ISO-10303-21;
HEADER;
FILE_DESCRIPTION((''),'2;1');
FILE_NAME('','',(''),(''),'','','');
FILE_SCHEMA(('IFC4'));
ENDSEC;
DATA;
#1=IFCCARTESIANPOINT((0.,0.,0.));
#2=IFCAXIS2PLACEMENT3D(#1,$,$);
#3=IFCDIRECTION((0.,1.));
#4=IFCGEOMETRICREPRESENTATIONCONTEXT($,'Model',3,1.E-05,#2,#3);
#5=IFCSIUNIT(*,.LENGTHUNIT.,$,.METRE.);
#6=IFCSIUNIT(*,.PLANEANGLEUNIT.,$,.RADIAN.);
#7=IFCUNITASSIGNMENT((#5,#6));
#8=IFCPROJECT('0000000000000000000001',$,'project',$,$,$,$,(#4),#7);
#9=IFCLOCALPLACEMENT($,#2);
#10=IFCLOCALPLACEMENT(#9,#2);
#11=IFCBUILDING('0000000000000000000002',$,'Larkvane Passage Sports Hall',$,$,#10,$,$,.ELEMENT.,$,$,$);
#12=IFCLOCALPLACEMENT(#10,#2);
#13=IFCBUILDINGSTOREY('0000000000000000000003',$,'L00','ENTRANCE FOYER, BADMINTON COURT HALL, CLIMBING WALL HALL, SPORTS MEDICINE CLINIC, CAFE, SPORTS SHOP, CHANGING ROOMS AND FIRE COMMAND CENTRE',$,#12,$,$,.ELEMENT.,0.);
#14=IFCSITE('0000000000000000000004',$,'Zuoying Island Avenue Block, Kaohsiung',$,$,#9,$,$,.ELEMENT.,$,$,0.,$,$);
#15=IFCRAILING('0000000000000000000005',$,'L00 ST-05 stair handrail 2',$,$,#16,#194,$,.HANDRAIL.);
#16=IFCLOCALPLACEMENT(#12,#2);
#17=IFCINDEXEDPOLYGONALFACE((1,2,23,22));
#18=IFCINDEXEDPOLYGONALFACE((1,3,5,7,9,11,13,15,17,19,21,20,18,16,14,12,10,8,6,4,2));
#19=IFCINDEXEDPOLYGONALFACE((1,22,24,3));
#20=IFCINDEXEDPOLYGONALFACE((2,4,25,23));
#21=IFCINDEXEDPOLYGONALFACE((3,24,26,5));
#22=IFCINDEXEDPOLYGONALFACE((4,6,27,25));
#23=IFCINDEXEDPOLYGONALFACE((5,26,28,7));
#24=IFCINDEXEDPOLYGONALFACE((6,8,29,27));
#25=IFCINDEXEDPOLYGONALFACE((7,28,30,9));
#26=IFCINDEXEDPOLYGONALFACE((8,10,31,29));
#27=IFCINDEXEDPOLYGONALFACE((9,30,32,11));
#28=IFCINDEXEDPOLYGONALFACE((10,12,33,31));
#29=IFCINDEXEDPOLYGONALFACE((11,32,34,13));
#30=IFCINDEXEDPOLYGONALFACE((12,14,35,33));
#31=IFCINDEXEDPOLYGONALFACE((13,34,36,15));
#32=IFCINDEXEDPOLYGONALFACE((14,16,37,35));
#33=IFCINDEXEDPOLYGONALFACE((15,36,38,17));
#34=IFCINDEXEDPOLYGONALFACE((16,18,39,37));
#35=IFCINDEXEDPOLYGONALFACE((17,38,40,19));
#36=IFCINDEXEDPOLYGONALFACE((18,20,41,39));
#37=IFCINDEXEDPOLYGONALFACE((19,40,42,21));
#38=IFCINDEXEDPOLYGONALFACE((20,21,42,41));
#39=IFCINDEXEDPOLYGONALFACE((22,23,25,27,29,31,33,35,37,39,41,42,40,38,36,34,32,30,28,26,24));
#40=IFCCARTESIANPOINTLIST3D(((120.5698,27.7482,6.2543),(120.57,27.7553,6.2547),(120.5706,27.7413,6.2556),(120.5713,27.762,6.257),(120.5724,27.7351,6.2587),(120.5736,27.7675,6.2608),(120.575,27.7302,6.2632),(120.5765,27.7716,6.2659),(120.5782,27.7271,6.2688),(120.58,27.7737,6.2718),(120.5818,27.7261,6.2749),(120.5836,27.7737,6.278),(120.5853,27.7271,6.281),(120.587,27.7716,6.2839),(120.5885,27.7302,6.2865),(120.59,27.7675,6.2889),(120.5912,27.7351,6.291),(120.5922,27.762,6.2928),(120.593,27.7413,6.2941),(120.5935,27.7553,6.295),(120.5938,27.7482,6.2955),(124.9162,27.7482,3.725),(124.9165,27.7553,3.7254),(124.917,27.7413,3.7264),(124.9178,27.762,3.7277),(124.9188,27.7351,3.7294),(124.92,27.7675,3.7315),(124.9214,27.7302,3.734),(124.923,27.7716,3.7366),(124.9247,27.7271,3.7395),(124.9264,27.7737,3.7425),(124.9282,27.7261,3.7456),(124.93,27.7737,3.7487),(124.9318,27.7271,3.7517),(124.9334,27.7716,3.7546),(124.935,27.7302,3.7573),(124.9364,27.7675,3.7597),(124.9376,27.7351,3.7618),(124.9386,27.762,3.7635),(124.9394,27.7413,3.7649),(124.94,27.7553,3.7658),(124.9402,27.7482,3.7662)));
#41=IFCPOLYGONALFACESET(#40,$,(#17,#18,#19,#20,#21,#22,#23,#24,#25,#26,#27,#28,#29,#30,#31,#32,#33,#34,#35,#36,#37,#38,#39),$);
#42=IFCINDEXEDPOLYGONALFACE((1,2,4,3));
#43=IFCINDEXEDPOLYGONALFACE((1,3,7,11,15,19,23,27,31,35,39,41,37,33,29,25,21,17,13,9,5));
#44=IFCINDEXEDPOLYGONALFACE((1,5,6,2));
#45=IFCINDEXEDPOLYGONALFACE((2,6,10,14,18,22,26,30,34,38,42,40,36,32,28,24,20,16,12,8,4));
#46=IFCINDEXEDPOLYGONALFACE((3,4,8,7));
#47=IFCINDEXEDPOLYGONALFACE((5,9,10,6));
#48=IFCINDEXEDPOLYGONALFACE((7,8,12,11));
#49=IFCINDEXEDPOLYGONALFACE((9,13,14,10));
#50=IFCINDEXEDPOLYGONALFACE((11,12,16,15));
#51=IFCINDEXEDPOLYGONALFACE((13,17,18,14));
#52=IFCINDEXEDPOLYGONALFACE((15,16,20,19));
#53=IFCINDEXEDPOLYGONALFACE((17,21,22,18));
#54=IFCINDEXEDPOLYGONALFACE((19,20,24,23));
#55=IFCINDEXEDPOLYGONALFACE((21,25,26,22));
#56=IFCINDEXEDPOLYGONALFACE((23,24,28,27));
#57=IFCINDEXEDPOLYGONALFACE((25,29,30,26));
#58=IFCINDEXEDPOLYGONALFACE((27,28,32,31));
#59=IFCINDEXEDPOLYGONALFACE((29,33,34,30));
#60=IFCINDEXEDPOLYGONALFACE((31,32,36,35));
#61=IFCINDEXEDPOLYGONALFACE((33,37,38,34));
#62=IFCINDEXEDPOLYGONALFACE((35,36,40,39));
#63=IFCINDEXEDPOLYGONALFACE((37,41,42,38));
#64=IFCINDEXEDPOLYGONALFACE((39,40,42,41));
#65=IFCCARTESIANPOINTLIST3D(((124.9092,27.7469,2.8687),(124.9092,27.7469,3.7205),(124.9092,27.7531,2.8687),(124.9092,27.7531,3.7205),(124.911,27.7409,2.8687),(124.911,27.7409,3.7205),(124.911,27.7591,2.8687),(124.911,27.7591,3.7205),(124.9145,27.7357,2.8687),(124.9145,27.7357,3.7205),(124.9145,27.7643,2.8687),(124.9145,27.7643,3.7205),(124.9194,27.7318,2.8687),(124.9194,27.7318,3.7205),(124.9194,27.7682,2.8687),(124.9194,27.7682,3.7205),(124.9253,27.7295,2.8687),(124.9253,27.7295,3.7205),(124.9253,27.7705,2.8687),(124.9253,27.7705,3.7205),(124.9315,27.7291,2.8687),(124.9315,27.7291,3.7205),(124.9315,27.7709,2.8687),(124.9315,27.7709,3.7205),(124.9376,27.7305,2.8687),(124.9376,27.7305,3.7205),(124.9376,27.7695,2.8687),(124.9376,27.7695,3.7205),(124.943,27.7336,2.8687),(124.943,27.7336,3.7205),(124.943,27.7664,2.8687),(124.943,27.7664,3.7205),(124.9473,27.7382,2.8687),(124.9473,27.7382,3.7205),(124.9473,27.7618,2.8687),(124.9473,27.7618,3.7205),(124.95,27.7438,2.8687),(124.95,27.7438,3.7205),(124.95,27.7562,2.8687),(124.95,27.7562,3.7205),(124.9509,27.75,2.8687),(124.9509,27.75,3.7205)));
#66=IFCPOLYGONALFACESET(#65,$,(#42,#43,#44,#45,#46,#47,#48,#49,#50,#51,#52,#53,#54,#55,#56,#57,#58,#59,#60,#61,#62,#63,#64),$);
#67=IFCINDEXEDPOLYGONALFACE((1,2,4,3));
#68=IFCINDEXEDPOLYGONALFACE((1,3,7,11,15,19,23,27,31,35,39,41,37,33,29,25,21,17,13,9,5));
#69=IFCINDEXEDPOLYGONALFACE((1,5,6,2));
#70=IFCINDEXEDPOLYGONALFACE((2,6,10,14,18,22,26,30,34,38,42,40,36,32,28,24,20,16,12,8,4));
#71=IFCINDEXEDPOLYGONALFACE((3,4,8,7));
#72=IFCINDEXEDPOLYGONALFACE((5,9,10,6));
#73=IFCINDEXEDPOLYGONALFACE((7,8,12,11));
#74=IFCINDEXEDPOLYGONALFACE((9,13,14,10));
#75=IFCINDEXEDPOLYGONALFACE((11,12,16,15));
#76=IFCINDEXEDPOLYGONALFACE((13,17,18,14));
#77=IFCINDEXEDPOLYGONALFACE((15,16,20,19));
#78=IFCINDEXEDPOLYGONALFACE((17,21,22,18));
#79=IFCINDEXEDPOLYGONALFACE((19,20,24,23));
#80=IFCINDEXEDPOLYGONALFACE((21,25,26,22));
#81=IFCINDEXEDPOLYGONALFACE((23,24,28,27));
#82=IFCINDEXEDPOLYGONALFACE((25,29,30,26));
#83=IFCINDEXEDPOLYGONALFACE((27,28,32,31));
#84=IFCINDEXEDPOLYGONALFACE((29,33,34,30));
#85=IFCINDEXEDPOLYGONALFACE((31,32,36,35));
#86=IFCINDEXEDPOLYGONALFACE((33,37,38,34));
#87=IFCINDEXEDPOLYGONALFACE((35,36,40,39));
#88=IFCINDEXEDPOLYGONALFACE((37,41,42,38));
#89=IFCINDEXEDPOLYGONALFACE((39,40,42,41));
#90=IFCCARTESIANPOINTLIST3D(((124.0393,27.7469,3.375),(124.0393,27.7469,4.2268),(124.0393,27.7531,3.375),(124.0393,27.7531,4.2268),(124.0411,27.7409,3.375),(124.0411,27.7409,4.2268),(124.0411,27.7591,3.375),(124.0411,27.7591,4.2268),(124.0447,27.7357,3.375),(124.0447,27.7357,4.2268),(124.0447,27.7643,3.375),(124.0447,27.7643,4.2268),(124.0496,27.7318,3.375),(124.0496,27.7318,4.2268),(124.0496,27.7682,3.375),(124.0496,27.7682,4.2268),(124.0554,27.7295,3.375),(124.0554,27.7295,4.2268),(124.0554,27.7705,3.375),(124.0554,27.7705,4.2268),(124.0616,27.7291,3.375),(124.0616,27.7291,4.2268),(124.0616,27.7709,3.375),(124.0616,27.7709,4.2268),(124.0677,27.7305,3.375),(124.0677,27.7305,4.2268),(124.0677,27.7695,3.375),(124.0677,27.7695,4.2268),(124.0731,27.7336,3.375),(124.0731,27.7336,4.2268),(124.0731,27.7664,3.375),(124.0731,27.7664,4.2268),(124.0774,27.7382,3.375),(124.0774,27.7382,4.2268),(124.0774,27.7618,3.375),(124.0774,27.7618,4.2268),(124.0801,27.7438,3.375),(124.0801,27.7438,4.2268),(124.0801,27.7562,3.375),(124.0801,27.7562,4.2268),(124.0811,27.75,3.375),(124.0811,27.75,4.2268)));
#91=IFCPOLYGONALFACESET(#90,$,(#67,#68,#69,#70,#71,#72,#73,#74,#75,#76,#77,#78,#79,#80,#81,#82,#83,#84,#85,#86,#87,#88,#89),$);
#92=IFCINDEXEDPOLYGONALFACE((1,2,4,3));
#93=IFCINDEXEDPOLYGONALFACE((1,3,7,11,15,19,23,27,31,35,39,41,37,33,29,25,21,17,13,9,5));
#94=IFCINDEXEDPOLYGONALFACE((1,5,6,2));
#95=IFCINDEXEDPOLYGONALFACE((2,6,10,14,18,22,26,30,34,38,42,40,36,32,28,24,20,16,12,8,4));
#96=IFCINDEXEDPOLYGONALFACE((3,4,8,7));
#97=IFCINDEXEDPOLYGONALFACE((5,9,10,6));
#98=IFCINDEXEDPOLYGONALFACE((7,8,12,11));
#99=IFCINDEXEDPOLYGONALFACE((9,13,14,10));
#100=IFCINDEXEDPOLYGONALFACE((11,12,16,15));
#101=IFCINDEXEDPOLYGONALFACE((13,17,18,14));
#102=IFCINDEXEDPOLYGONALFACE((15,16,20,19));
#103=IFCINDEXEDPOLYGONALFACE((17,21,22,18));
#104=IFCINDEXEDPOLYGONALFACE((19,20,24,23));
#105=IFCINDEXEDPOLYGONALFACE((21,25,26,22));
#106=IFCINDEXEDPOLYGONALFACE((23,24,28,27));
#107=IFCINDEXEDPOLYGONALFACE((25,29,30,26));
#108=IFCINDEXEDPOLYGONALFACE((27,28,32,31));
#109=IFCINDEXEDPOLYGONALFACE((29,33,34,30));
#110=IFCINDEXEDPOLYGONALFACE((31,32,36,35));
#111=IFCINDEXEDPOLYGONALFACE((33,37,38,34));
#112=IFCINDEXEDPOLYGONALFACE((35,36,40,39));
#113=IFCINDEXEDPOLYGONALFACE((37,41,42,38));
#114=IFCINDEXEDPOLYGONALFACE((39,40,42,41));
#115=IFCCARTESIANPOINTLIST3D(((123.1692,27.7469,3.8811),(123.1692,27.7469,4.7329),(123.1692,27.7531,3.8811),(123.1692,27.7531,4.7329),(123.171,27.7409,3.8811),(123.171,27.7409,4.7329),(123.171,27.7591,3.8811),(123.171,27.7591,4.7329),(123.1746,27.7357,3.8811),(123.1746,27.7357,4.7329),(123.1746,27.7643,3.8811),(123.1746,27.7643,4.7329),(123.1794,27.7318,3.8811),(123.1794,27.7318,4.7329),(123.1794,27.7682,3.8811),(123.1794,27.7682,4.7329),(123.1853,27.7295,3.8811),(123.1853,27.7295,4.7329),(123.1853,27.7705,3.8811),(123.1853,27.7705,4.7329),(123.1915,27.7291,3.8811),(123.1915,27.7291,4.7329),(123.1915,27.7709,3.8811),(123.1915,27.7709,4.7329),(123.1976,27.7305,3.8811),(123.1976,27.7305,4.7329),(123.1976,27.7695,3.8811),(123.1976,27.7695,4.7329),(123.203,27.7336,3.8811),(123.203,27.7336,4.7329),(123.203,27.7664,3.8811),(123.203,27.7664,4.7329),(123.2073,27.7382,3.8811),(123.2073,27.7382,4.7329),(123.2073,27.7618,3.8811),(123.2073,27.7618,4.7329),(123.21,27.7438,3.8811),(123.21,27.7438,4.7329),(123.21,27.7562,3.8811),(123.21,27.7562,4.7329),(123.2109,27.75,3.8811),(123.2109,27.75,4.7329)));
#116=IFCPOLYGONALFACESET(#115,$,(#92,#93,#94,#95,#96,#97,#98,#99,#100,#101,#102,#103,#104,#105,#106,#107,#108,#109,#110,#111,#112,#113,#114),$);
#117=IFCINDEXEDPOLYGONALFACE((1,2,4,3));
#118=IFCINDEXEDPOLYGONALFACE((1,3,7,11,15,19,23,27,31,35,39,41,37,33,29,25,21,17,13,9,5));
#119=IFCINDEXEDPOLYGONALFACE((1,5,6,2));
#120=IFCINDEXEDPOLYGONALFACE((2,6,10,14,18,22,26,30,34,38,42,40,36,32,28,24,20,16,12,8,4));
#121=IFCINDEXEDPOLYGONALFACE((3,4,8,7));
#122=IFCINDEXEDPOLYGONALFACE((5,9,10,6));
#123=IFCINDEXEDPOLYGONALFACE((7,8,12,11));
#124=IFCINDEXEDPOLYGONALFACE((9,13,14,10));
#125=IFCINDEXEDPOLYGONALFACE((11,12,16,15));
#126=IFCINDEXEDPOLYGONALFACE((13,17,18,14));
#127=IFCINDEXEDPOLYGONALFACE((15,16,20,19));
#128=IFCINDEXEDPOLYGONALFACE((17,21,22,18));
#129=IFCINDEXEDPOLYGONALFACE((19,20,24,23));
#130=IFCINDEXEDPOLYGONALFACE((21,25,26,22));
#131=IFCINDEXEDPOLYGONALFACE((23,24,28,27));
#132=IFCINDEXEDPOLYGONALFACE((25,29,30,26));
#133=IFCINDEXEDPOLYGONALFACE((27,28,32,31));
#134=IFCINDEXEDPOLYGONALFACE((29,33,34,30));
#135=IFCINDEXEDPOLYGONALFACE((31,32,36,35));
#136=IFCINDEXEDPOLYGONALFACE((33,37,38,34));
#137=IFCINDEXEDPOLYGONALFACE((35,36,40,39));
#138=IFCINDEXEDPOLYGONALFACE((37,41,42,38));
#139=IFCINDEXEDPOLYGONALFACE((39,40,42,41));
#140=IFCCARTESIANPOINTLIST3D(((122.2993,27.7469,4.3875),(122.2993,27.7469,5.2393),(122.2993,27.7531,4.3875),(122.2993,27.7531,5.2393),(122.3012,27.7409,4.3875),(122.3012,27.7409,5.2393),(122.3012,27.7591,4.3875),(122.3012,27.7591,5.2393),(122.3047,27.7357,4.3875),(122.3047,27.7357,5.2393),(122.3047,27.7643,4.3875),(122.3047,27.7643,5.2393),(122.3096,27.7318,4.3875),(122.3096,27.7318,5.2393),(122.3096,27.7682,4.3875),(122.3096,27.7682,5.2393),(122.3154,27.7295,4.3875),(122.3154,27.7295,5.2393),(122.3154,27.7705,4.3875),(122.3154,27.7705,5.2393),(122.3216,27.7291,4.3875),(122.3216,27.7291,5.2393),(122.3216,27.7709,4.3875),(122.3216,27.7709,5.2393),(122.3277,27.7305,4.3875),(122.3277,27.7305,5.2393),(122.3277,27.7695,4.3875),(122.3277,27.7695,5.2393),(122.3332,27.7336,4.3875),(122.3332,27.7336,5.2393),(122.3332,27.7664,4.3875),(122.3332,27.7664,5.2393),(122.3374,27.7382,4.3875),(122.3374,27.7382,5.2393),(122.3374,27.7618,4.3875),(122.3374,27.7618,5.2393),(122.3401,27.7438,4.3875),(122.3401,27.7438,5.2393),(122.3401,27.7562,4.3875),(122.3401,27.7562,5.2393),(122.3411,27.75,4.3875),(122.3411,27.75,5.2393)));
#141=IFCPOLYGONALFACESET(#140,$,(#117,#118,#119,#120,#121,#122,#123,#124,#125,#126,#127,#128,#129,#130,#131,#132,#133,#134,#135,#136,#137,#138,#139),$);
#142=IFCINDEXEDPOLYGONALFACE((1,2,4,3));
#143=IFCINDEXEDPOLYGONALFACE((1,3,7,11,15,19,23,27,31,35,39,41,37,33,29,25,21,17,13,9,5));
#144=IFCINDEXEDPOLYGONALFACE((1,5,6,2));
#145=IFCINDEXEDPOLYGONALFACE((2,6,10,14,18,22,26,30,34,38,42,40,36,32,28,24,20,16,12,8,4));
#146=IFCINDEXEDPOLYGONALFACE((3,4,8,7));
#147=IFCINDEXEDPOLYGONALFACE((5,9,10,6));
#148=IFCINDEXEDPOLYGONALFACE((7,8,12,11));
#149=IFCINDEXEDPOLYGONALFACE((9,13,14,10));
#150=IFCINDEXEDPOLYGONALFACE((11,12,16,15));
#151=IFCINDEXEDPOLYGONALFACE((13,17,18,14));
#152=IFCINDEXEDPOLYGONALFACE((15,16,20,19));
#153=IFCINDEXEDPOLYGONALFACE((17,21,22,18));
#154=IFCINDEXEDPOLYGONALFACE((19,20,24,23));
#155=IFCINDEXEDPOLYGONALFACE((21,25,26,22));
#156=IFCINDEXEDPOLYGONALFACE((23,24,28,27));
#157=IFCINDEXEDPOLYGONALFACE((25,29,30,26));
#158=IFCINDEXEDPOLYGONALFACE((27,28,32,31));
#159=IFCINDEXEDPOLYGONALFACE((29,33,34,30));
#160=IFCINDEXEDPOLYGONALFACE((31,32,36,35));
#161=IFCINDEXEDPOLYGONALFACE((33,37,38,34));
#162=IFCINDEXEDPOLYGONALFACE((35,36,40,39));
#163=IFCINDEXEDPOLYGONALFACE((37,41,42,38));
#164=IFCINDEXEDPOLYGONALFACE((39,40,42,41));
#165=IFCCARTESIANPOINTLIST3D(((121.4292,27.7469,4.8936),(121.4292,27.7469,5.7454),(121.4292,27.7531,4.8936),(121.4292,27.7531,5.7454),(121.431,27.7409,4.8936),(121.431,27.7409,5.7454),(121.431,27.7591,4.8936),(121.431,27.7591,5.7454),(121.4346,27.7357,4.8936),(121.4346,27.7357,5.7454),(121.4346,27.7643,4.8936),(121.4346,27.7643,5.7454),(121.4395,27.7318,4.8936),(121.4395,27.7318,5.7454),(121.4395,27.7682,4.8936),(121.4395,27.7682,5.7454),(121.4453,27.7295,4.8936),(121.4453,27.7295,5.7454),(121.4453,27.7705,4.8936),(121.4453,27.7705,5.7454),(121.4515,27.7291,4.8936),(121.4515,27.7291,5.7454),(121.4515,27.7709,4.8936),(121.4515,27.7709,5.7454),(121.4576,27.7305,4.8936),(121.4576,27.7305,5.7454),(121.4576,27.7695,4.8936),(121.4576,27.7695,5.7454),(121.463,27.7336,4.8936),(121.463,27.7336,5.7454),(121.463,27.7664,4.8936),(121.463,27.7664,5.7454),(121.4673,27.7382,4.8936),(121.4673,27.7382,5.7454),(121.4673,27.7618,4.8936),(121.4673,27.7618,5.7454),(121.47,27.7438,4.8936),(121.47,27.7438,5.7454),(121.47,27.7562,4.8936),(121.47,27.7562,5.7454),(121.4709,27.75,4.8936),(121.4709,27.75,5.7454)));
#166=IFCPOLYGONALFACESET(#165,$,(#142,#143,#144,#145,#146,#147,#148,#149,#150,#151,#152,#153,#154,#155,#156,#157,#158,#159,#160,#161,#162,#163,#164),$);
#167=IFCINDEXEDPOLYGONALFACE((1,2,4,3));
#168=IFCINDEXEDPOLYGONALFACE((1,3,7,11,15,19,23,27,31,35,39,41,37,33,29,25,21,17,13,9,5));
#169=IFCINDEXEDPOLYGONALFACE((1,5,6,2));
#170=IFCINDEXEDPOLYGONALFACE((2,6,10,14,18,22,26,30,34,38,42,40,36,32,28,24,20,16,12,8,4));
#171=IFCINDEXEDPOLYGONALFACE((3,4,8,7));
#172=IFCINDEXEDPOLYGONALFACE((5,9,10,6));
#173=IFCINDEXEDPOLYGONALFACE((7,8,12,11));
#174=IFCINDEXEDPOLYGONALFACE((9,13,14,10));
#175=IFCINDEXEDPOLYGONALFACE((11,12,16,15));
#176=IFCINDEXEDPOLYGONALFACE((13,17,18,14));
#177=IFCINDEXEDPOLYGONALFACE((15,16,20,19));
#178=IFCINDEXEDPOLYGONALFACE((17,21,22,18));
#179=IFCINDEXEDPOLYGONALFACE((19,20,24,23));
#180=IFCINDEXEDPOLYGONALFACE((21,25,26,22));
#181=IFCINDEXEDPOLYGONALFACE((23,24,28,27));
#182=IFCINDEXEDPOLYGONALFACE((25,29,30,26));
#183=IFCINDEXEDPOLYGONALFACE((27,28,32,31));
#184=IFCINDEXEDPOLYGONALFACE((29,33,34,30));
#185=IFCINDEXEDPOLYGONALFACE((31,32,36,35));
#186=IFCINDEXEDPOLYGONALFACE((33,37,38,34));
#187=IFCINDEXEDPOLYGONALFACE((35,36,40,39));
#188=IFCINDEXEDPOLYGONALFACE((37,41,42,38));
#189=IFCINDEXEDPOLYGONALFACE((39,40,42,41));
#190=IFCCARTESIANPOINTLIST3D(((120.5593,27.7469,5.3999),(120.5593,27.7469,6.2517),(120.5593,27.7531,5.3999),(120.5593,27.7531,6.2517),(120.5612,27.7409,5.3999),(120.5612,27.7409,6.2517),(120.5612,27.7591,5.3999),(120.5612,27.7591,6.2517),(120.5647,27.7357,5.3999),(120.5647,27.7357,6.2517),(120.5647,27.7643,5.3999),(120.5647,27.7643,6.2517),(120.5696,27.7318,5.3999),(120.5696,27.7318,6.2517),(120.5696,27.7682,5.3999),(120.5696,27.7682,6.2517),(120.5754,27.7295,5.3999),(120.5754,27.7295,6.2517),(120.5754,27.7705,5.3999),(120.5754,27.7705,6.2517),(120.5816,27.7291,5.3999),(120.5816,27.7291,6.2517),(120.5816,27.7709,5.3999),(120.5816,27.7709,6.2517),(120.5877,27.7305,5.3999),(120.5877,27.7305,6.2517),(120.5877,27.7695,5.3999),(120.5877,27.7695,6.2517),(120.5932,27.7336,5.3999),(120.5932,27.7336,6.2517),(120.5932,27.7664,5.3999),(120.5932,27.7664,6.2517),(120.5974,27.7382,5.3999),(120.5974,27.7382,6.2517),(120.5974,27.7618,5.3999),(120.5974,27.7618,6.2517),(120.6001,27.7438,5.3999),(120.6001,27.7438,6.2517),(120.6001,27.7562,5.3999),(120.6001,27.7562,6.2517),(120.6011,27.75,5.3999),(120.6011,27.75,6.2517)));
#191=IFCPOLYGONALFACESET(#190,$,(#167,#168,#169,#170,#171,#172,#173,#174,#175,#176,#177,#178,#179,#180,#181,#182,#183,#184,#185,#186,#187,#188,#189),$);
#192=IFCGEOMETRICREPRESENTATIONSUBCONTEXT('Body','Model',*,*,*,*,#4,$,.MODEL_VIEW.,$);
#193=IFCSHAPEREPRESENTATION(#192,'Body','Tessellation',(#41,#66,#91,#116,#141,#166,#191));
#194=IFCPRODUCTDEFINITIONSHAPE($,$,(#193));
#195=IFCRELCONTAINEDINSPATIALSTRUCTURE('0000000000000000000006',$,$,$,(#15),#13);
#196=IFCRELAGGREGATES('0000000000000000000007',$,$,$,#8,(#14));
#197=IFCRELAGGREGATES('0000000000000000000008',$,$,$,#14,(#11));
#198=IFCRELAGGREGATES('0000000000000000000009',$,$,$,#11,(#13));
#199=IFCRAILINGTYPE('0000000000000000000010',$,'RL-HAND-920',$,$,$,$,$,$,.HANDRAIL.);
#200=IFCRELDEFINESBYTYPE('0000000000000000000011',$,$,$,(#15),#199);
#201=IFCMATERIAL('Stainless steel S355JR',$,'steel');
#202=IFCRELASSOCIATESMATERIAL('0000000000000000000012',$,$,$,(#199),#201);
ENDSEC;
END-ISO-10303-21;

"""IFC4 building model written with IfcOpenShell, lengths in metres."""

from ifc_helpers import new_model, si_unit, direction, frame, origin, origin_2d, place, context, subcontext, project, spatial, circle, extrude, material, type_object, element, save


model = new_model("IFC4")

# Units and contexts
model_context = context("Model", 3, precision=1e-05, world=origin(), true_north=direction((0.0, 1.0)))
body_context = subcontext(model_context, "Body", "Model", "MODEL_VIEW")
ifc_project = project(units=[si_unit("LENGTHUNIT", "METRE"), si_unit("PLANEANGLEUNIT", "RADIAN")], contexts=[model_context])

# Site, building, storey
site_placement = place(None, origin())
site = spatial("IfcSite", under=ifc_project, at=site_placement, Name="Zuoying Island Avenue Block, Kaohsiung", CompositionType="ELEMENT", RefElevation=0.0)
building_placement = place(site_placement, origin())
building = spatial("IfcBuilding", under=site, at=building_placement, Name="Larkvane Passage Sports Hall", CompositionType="ELEMENT")
storey_placement = place(building_placement, origin())
storey = spatial("IfcBuildingStorey", under=building, at=storey_placement, Name="L00", Description="ENTRANCE FOYER, BADMINTON COURT HALL, CLIMBING WALL HALL, SPORTS MEDICINE CLINIC, CAFE, SPORTS SHOP, CHANGING ROOMS AND FIRE COMMAND CENTRE", CompositionType="ELEMENT", Elevation=0.0)

# Railing
ifc_material_1 = material(Name="Stainless steel S355JR", Category="steel")
railing_type_1 = type_object("IfcRailingType", Name="RL-HAND-920", PredefinedType="HANDRAIL", material=ifc_material_1)
railing_1_placement = place(storey_placement, frame((124.9299, 27.75, 2.8687)))
element("IfcRailing", 1, at=railing_1_placement, inside=storey, type_object=railing_type_1, Name="L00 ST-05 stair handrail 2", PredefinedType="HANDRAIL", context=body_context, shape_type="SweptSolid", body=[
    extrude(circle(Radius=0.0239, at=origin_2d()), frame((-0.0017, 0.0, 0.877), z_axis=(-0.864312, 0.0, 0.502957), x_axis=(0.0, -1.0, 0.0)), (0.0, 0.0, 1.0), 5.0288),
    extrude(circle(Radius=0.021, at=origin_2d()), origin(), (0.0, 0.0, 1.0), 0.8518),
    extrude(circle(Radius=0.021, at=origin_2d()), frame((-0.8699, 0.0, 0.5063)), (0.0, 0.0, 1.0), 0.8518),
    extrude(circle(Radius=0.021, at=origin_2d()), frame((-1.74, 0.0, 1.0125)), (0.0, 0.0, 1.0), 0.8518),
    extrude(circle(Radius=0.021, at=origin_2d()), frame((-2.6099, 0.0, 1.5188)), (0.0, 0.0, 1.0), 0.8518),
    extrude(circle(Radius=0.021, at=origin_2d()), frame((-3.48, 0.0, 2.0249)), (0.0, 0.0, 1.0), 0.8518),
    extrude(circle(Radius=0.021, at=origin_2d()), frame((-4.3499, 0.0, 2.5312)), (0.0, 0.0, 1.0), 0.8518),
])

save(model, "model.ifc")
